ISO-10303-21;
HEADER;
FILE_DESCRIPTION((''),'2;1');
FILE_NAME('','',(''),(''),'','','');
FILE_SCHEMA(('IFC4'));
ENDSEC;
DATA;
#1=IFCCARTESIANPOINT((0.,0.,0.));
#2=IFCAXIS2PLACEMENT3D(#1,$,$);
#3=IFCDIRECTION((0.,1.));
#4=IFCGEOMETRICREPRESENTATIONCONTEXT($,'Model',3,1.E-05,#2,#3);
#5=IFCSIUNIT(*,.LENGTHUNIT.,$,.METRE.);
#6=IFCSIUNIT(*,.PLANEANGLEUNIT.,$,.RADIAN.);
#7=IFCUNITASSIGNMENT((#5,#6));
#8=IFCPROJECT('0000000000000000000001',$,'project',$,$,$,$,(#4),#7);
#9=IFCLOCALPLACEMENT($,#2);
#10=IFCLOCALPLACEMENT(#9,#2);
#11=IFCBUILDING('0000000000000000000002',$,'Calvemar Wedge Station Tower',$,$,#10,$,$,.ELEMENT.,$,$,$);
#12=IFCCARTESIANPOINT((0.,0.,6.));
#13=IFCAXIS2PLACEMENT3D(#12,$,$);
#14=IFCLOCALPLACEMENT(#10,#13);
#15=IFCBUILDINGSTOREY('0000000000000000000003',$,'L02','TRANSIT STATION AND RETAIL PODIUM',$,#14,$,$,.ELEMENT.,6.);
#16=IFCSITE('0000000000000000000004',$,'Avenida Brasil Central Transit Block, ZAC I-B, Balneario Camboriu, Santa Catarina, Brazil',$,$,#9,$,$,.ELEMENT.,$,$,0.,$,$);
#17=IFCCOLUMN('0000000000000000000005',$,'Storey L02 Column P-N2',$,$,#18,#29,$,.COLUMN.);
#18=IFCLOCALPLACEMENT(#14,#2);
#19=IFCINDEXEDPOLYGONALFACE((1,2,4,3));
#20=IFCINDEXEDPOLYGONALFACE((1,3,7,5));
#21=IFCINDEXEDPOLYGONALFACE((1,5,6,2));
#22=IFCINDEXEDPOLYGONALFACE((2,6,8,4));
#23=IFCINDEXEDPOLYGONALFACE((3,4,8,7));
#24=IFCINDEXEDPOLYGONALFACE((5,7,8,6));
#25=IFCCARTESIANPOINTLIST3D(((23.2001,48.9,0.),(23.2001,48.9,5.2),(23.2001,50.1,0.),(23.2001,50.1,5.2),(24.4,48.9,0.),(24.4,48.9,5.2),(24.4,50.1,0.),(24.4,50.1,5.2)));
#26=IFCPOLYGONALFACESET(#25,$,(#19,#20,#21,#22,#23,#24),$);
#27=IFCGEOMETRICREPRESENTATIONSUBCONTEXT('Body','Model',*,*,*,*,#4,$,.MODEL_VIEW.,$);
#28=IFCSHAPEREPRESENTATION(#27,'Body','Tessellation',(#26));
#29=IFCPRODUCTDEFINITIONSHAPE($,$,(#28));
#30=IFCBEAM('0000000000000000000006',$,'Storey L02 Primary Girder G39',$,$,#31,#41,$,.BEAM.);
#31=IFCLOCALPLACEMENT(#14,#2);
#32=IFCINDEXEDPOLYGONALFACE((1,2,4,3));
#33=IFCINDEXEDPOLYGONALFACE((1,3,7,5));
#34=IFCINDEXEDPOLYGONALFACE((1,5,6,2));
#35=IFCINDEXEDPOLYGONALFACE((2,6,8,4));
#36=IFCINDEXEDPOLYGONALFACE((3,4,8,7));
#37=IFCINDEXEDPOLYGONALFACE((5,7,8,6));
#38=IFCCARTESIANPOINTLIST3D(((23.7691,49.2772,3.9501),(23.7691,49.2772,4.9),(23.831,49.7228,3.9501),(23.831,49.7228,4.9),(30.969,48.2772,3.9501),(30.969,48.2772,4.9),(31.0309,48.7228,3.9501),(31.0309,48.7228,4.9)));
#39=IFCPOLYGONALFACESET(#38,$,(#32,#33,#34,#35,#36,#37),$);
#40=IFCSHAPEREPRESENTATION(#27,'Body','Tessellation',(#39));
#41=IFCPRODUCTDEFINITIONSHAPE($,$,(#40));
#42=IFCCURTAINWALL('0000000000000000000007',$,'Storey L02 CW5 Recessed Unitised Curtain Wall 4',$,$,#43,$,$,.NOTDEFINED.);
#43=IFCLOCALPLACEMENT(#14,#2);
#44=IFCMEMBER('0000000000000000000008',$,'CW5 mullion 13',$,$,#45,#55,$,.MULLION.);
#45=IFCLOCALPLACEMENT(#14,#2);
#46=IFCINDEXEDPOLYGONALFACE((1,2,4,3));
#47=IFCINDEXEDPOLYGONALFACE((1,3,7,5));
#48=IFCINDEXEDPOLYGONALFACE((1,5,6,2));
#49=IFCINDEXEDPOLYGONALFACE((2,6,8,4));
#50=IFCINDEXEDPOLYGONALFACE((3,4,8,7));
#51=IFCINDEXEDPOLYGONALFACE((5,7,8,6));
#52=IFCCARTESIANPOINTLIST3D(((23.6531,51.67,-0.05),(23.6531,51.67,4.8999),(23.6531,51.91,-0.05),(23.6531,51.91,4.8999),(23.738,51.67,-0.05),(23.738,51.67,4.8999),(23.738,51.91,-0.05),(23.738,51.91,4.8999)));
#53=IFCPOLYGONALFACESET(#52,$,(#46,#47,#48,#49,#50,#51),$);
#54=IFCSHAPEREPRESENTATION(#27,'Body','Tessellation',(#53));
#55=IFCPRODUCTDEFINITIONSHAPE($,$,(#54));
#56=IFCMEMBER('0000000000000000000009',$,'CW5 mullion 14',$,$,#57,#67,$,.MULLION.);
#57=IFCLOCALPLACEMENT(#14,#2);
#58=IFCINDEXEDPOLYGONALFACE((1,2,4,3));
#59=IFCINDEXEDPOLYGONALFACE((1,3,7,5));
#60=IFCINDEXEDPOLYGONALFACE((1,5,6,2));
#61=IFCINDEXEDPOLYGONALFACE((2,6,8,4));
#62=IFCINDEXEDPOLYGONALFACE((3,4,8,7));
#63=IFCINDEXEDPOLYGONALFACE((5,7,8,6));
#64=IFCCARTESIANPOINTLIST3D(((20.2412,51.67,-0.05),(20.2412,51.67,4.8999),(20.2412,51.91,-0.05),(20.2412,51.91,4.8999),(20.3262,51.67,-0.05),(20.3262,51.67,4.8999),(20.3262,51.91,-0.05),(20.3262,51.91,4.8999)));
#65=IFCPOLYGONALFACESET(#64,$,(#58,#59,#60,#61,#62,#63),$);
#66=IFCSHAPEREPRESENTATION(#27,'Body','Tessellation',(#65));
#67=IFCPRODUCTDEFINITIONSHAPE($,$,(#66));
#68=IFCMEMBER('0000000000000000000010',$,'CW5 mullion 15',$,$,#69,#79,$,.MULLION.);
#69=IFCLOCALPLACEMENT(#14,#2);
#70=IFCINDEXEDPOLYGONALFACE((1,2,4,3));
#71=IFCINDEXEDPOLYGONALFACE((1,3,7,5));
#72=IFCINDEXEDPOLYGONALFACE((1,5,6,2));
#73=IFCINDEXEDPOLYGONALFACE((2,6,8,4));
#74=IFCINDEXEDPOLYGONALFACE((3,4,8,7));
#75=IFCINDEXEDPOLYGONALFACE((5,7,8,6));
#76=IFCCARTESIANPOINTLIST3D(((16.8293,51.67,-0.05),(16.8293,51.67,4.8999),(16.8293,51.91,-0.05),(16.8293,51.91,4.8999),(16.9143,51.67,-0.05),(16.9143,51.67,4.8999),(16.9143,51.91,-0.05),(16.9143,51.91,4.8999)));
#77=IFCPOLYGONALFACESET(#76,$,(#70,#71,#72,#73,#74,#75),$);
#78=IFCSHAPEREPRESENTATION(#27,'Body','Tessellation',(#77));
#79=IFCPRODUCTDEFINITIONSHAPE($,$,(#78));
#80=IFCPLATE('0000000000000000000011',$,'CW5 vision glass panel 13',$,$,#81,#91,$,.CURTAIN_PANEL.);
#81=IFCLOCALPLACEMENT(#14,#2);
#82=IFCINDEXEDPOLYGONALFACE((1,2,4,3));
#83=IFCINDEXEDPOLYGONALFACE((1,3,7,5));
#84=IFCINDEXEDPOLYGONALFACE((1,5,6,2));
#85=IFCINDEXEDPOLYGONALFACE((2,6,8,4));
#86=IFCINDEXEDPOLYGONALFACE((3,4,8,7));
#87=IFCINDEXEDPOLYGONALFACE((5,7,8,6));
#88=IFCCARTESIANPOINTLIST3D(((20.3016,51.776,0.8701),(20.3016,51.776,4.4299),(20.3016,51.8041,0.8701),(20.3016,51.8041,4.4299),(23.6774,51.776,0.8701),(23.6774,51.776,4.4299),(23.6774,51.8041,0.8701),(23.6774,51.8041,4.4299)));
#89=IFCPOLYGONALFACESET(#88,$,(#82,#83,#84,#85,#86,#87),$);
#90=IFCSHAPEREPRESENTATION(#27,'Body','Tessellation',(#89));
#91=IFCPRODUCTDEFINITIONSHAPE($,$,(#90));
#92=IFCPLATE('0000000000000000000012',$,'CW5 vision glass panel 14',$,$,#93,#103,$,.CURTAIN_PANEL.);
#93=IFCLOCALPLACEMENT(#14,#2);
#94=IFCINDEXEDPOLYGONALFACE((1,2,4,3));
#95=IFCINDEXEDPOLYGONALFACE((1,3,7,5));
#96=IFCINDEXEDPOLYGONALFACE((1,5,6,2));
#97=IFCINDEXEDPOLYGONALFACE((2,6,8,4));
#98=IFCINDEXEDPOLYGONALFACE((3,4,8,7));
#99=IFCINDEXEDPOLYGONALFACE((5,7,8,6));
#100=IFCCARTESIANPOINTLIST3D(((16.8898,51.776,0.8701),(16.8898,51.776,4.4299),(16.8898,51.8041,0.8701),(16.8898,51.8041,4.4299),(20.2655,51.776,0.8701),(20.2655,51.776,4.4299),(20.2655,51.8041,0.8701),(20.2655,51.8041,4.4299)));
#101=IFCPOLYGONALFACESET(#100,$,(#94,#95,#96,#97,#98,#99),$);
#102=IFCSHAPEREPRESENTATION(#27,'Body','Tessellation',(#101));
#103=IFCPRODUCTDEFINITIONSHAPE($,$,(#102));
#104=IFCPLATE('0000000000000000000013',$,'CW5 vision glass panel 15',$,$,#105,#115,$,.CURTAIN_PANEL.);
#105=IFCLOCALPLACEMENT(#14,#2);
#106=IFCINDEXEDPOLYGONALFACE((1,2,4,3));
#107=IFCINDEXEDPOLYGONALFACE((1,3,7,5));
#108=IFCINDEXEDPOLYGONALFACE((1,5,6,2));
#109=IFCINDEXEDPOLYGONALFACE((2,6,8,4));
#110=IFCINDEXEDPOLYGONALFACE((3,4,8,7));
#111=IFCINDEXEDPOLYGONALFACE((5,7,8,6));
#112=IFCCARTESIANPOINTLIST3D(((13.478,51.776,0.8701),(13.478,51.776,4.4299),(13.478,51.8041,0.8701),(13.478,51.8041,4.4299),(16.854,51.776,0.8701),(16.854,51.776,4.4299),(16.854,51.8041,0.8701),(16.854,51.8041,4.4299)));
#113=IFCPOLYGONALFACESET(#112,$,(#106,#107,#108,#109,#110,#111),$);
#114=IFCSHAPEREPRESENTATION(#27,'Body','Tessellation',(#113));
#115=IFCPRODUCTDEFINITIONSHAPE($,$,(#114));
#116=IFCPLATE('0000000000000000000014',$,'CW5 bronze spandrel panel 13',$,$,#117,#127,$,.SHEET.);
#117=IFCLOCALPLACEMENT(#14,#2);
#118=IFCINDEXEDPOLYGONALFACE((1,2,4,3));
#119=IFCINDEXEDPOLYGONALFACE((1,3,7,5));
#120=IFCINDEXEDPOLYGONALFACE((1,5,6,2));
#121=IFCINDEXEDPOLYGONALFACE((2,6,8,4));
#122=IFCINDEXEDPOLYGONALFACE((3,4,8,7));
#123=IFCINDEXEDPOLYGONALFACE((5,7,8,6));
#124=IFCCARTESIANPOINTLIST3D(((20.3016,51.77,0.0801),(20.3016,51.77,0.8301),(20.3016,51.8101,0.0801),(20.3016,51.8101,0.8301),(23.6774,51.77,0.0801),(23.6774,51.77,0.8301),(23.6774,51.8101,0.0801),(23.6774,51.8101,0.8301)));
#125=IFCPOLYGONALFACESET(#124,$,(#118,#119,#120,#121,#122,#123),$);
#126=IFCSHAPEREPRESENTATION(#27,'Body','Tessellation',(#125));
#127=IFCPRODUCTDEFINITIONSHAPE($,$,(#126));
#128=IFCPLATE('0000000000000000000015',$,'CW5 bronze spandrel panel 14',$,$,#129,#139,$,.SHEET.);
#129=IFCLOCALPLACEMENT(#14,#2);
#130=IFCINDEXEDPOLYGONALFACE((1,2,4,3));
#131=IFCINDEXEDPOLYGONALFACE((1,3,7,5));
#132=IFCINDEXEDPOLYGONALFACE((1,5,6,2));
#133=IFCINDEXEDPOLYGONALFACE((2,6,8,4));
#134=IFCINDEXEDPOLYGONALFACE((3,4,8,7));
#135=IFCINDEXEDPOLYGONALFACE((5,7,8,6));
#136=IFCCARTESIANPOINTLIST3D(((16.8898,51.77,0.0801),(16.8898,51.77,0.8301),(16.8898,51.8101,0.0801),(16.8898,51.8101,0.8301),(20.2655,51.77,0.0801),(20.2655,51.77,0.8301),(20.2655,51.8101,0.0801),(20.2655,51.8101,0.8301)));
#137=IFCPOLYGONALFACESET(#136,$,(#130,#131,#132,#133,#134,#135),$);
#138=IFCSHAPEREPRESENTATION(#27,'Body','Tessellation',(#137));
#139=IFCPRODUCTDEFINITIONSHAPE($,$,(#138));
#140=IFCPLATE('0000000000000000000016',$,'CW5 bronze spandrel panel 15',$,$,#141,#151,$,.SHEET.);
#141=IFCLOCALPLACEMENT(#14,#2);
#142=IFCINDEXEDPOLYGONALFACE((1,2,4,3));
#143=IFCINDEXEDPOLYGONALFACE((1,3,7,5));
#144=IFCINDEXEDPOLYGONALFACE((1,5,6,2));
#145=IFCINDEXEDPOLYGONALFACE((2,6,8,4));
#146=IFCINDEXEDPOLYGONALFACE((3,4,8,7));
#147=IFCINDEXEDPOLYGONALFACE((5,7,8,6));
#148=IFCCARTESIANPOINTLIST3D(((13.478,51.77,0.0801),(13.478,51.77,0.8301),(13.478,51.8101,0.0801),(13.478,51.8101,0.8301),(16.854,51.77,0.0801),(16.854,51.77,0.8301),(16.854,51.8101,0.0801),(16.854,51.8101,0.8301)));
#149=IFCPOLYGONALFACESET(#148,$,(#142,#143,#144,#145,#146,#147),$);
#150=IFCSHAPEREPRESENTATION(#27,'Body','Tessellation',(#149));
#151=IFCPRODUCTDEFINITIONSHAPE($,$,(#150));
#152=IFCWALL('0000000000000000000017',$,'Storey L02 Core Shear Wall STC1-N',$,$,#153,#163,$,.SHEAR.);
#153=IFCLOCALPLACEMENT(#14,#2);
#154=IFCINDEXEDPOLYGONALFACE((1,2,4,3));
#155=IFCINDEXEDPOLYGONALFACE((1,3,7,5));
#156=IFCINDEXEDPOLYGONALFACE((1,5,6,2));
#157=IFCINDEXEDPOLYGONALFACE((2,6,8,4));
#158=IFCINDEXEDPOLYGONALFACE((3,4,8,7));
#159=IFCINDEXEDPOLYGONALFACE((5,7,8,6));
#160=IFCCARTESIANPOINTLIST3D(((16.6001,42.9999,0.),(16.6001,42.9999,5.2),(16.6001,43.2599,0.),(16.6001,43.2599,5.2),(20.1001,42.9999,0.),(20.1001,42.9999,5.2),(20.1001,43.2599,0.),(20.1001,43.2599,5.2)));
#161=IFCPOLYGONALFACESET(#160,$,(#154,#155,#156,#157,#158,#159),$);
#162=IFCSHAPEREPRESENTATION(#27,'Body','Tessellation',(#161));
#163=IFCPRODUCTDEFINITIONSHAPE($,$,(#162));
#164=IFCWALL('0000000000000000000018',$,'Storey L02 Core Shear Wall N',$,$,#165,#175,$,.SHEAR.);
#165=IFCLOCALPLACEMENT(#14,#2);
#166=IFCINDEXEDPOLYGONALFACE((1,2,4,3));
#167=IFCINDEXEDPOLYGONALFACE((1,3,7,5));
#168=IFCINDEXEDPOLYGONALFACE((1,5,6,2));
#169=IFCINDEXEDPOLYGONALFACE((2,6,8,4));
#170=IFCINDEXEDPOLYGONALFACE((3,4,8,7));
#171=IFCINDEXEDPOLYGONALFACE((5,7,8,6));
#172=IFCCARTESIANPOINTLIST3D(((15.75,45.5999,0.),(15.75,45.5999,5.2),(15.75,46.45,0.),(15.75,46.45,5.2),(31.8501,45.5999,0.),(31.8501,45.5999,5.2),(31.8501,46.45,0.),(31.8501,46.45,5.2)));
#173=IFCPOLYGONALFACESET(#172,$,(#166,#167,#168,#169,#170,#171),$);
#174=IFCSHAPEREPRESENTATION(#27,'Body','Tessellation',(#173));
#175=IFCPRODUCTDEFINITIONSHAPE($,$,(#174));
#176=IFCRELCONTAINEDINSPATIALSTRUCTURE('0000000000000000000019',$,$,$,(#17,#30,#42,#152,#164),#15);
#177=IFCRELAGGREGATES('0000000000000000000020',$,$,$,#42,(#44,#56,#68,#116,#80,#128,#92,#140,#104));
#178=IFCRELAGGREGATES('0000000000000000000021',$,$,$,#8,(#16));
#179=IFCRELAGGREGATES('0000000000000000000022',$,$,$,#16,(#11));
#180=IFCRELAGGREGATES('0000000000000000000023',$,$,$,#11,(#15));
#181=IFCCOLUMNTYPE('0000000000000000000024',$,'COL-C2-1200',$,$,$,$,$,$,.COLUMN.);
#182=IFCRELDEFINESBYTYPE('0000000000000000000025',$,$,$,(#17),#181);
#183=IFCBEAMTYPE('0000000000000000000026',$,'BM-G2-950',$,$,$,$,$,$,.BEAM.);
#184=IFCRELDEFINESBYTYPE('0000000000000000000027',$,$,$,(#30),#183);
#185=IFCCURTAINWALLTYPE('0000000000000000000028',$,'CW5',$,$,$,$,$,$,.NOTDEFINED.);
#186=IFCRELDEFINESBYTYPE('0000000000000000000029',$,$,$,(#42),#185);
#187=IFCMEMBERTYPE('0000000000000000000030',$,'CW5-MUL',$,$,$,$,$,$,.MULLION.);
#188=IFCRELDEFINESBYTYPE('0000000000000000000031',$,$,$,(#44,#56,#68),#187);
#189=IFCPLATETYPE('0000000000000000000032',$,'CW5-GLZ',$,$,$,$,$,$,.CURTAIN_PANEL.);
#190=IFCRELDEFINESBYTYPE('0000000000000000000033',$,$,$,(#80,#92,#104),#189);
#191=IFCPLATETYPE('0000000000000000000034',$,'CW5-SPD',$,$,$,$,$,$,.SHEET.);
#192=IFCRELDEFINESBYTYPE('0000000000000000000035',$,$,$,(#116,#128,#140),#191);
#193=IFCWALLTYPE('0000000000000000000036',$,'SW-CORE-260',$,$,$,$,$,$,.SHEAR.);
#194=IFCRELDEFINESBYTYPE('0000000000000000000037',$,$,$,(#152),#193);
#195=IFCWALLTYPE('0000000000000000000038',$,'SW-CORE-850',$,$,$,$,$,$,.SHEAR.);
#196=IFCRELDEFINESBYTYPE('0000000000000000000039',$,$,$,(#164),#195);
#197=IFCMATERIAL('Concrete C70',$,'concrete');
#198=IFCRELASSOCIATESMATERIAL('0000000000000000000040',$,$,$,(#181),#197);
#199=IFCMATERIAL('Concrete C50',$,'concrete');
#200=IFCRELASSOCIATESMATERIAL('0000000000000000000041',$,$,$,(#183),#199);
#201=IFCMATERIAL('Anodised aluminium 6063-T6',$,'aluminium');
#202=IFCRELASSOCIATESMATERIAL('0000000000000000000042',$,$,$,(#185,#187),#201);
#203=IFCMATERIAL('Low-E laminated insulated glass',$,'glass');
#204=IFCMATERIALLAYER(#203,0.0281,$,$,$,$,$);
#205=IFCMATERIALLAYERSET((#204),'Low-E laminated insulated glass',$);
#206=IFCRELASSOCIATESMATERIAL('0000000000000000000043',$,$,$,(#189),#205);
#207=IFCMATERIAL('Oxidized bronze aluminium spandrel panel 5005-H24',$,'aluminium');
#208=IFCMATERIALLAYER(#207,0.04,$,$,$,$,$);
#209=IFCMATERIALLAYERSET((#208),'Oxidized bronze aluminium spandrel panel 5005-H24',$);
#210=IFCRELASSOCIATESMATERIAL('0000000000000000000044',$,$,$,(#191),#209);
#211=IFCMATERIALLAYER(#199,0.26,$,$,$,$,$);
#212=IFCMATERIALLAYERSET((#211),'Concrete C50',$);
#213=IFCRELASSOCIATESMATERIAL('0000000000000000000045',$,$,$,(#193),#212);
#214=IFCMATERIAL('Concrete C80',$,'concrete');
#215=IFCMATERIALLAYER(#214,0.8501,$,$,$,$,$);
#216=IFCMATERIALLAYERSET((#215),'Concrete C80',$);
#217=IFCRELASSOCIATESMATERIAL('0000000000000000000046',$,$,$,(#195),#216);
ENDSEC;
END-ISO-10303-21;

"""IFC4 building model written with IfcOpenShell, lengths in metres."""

from ifc_helpers import new_model, si_unit, direction, frame, frame_2d, origin, origin_2d, place, context, subcontext, project, spatial, rectangle, extrude, source, transform, mapped, material, layer, layer_set, material_profile, profile_set, type_object, element, aggregate, save


model = new_model("IFC4")

# Units and contexts
model_context = context("Model", 3, precision=1e-05, world=origin(), true_north=direction((0.0, 1.0)))
body_context = subcontext(model_context, "Body", "Model", "MODEL_VIEW")
ifc_project = project(units=[si_unit("LENGTHUNIT", "METRE"), si_unit("PLANEANGLEUNIT", "RADIAN")], contexts=[model_context])

# Site, building, storey
site_placement = place(None, origin())
site = spatial("IfcSite", under=ifc_project, at=site_placement, Name="Avenida Brasil Central Transit Block, ZAC I-B, Balneario Camboriu, Santa Catarina, Brazil", CompositionType="ELEMENT", RefElevation=0.0)
building_placement = place(site_placement, origin())
building = spatial("IfcBuilding", under=site, at=building_placement, Name="Calvemar Wedge Station Tower", CompositionType="ELEMENT")
storey_placement = place(building_placement, frame((0.0, 0.0, 6.0)))
storey = spatial("IfcBuildingStorey", under=building, at=storey_placement, Name="L02", Description="TRANSIT STATION AND RETAIL PODIUM", CompositionType="ELEMENT", Elevation=6.0)

# Column
ifc_material_1 = material(Name="Concrete C70", Category="concrete")
ifc_material_profile_1 = material_profile(ifc_material_1, rectangle(XDim=1.2, YDim=1.2, at=origin_2d()), Name="RC1200x1200")
ifc_profile_set_1 = profile_set([ifc_material_profile_1], Name="Concrete C70")
column_type = type_object("IfcColumnType", Name="COL-C2-1200", PredefinedType="COLUMN", material=ifc_profile_set_1)
shared_shape_1 = source(origin(), body_context, "Body", "SweptSolid", [
    extrude(rectangle(XDim=1.2, YDim=1.2, at=origin_2d()), origin(), (0.0, 0.0, 1.0), 5.2),
])
column_placement = place(storey_placement, frame((23.8, 49.5, 0.0), z_axis=(0.0, 0.0, 1.0), x_axis=(1.0, 0.0, 0.0)))
element("IfcColumn", 1, at=column_placement, inside=storey, type_object=column_type, Name="Storey L02 Column P-N2", PredefinedType="COLUMN", context=body_context, shape_type="MappedRepresentation", body=[
    mapped(shared_shape_1, transform((0.0, 0.0, 0.0), scale=1.0)),
])

# Beam
ifc_material_2 = material(Name="Concrete C50", Category="concrete")
ifc_material_profile_2 = material_profile(ifc_material_2, rectangle(XDim=0.45, YDim=0.95, at=origin_2d()), Name="RC450x950")
ifc_profile_set_2 = profile_set([ifc_material_profile_2], Name="Concrete C50")
beam_type = type_object("IfcBeamType", Name="BM-G2-950", PredefinedType="BEAM", material=ifc_profile_set_2)
shared_shape_2 = source(origin(), body_context, "Body", "SweptSolid", [
    extrude(rectangle(XDim=0.45, YDim=0.95, at=origin_2d()), origin(), (0.0, 0.0, 1.0), 7.269),
])
beam_placement = place(storey_placement, frame((23.8, 49.5, 4.425), z_axis=(0.990492, -0.137569, 0.0), x_axis=(0.137569, 0.990492, 0.0)))
element("IfcBeam", 2, at=beam_placement, inside=storey, type_object=beam_type, Name="Storey L02 Primary Girder G39", PredefinedType="BEAM", context=body_context, shape_type="MappedRepresentation", body=[
    mapped(shared_shape_2, transform((0.0, 0.0, 0.0), scale=1.0)),
])

# Curtain wall, members, plates
ifc_material_3 = material(Name="Anodised aluminium 6063-T6", Category="aluminium")
curtain_wall_type = type_object("IfcCurtainWallType", Name="CW5", PredefinedType="NOTDEFINED", material=ifc_material_3)
curtain_wall_placement = place(storey_placement, origin())
curtain_wall = element("IfcCurtainWall", 3, at=curtain_wall_placement, inside=storey, type_object=curtain_wall_type, Name="Storey L02 CW5 Recessed Unitised Curtain Wall 4", PredefinedType="NOTDEFINED")
ifc_material_profile_3 = material_profile(ifc_material_3, rectangle(XDim=0.085, YDim=0.24, at=origin_2d()), Name="AL-MUL-85x240")
ifc_profile_set_3 = profile_set([ifc_material_profile_3], Name="Anodised aluminium 6063-T6")
member_type = type_object("IfcMemberType", Name="CW5-MUL", PredefinedType="MULLION", material=ifc_profile_set_3)
shared_shape_3 = source(origin(), body_context, "Body", "SweptSolid", [
    extrude(rectangle(XDim=0.085, YDim=0.24, at=origin_2d()), origin(), (0.0, 0.0, 1.0), 4.95),
])
member_1_placement = place(storey_placement, frame((23.6956, 51.79, -0.05), z_axis=(0.0, 0.0, 1.0), x_axis=(1.0, 0.0, 0.0)))
member_1 = element("IfcMember", 4, at=member_1_placement, type_object=member_type, Name="CW5 mullion 13", PredefinedType="MULLION", context=body_context, shape_type="MappedRepresentation", body=[
    mapped(shared_shape_3, transform((0.0, 0.0, 0.0), scale=1.0)),
])
member_2_placement = place(storey_placement, frame((20.2837, 51.79, -0.05), z_axis=(0.0, 0.0, 1.0), x_axis=(1.0, 0.0, 0.0)))
member_2 = element("IfcMember", 5, at=member_2_placement, type_object=member_type, Name="CW5 mullion 14", PredefinedType="MULLION", context=body_context, shape_type="MappedRepresentation", body=[
    mapped(shared_shape_3, transform((0.0, 0.0, 0.0), scale=1.0)),
])
member_3_placement = place(storey_placement, frame((16.8718, 51.79, -0.05), z_axis=(0.0, 0.0, 1.0), x_axis=(1.0, 0.0, 0.0)))
member_3 = element("IfcMember", 6, at=member_3_placement, type_object=member_type, Name="CW5 mullion 15", PredefinedType="MULLION", context=body_context, shape_type="MappedRepresentation", body=[
    mapped(shared_shape_3, transform((0.0, 0.0, 0.0), scale=1.0)),
])
ifc_material_4 = material(Name="Low-E laminated insulated glass", Category="glass")
ifc_layer_1 = layer(ifc_material_4, 0.0281)
ifc_layer_set_1 = layer_set([ifc_layer_1], Name="Low-E laminated insulated glass")
plate_type_1 = type_object("IfcPlateType", Name="CW5-GLZ", PredefinedType="CURTAIN_PANEL", material=ifc_layer_set_1)
plate_1_placement = place(storey_placement, frame((23.6775, 51.79, 0.8701), z_axis=(0.0, 0.0, 1.0), x_axis=(-1.0, 0.0, 0.0)))
plate_1 = element("IfcPlate", 7, at=plate_1_placement, type_object=plate_type_1, Name="CW5 vision glass panel 13", PredefinedType="CURTAIN_PANEL", context=body_context, shape_type="SweptSolid", body=[
    extrude(rectangle(XDim=3.3757, YDim=0.0281, at=frame_2d((1.688, 0.0))), origin(), (0.0, 0.0, 1.0), 3.5598),
])
plate_2_placement = place(storey_placement, frame((20.2656, 51.79, 0.8701), z_axis=(0.0, 0.0, 1.0), x_axis=(-1.0, 0.0, 0.0)))
plate_2 = element("IfcPlate", 8, at=plate_2_placement, type_object=plate_type_1, Name="CW5 vision glass panel 14", PredefinedType="CURTAIN_PANEL", context=body_context, shape_type="SweptSolid", body=[
    extrude(rectangle(XDim=3.3757, YDim=0.0281, at=frame_2d((1.688, 0.0))), origin(), (0.0, 0.0, 1.0), 3.5598),
])
plate_3_placement = place(storey_placement, frame((16.854, 51.79, 0.8701), z_axis=(0.0, 0.0, 1.0), x_axis=(-1.0, 0.0, 0.0)))
plate_3 = element("IfcPlate", 9, at=plate_3_placement, type_object=plate_type_1, Name="CW5 vision glass panel 15", PredefinedType="CURTAIN_PANEL", context=body_context, shape_type="SweptSolid", body=[
    extrude(rectangle(XDim=3.376, YDim=0.0281, at=frame_2d((1.688, 0.0))), origin(), (0.0, 0.0, 1.0), 3.5598),
])
ifc_material_5 = material(Name="Oxidized bronze aluminium spandrel panel 5005-H24", Category="aluminium")
ifc_layer_2 = layer(ifc_material_5, 0.04)
ifc_layer_set_2 = layer_set([ifc_layer_2], Name="Oxidized bronze aluminium spandrel panel 5005-H24")
plate_type_2 = type_object("IfcPlateType", Name="CW5-SPD", PredefinedType="SHEET", material=ifc_layer_set_2)
plate_4_placement = place(storey_placement, frame((23.6775, 51.79, 0.0801), z_axis=(0.0, 0.0, 1.0), x_axis=(-1.0, 0.0, 0.0)))
plate_4 = element("IfcPlate", 10, at=plate_4_placement, type_object=plate_type_2, Name="CW5 bronze spandrel panel 13", PredefinedType="SHEET", context=body_context, shape_type="SweptSolid", body=[
    extrude(rectangle(XDim=3.3757, YDim=0.04, at=frame_2d((1.688, 0.0))), origin(), (0.0, 0.0, 1.0), 0.75),
])
plate_5_placement = place(storey_placement, frame((20.2656, 51.79, 0.0801), z_axis=(0.0, 0.0, 1.0), x_axis=(-1.0, 0.0, 0.0)))
plate_5 = element("IfcPlate", 11, at=plate_5_placement, type_object=plate_type_2, Name="CW5 bronze spandrel panel 14", PredefinedType="SHEET", context=body_context, shape_type="SweptSolid", body=[
    extrude(rectangle(XDim=3.3757, YDim=0.04, at=frame_2d((1.688, 0.0))), origin(), (0.0, 0.0, 1.0), 0.75),
])
plate_6_placement = place(storey_placement, frame((16.854, 51.79, 0.0801), z_axis=(0.0, 0.0, 1.0), x_axis=(-1.0, 0.0, 0.0)))
plate_6 = element("IfcPlate", 12, at=plate_6_placement, type_object=plate_type_2, Name="CW5 bronze spandrel panel 15", PredefinedType="SHEET", context=body_context, shape_type="SweptSolid", body=[
    extrude(rectangle(XDim=3.376, YDim=0.04, at=frame_2d((1.688, 0.0))), origin(), (0.0, 0.0, 1.0), 0.75),
])
aggregate(curtain_wall, [member_1, member_2, member_3, plate_4, plate_1, plate_5, plate_2, plate_6, plate_3])

# Walls
ifc_layer_3 = layer(ifc_material_2, 0.26)
ifc_layer_set_3 = layer_set([ifc_layer_3], Name="Concrete C50")
wall_type_1 = type_object("IfcWallType", Name="SW-CORE-260", PredefinedType="SHEAR", material=ifc_layer_set_3)
wall_1_placement = place(storey_placement, frame((16.6001, 43.1299, 0.0), z_axis=(0.0, 0.0, 1.0), x_axis=(1.0, 0.0, 0.0)))
element("IfcWall", 13, at=wall_1_placement, inside=storey, type_object=wall_type_1, Name="Storey L02 Core Shear Wall STC1-N", PredefinedType="SHEAR", context=body_context, shape_type="SweptSolid", body=[
    extrude(rectangle(XDim=3.5, YDim=0.26, at=frame_2d((1.75, 0.0))), origin(), (0.0, 0.0, 1.0), 5.2),
])
ifc_material_6 = material(Name="Concrete C80", Category="concrete")
ifc_layer_4 = layer(ifc_material_6, 0.8501)
ifc_layer_set_4 = layer_set([ifc_layer_4], Name="Concrete C80")
wall_type_2 = type_object("IfcWallType", Name="SW-CORE-850", PredefinedType="SHEAR", material=ifc_layer_set_4)
wall_2_placement = place(storey_placement, frame((15.75, 46.0249, 0.0), z_axis=(0.0, 0.0, 1.0), x_axis=(1.0, 0.0, 0.0)))
element("IfcWall", 14, at=wall_2_placement, inside=storey, type_object=wall_type_2, Name="Storey L02 Core Shear Wall N", PredefinedType="SHEAR", context=body_context, shape_type="SweptSolid", body=[
    extrude(rectangle(XDim=16.1001, YDim=0.8501, at=frame_2d((8.05, 0.0))), origin(), (0.0, 0.0, 1.0), 5.2),
])

save(model, "model.ifc")
